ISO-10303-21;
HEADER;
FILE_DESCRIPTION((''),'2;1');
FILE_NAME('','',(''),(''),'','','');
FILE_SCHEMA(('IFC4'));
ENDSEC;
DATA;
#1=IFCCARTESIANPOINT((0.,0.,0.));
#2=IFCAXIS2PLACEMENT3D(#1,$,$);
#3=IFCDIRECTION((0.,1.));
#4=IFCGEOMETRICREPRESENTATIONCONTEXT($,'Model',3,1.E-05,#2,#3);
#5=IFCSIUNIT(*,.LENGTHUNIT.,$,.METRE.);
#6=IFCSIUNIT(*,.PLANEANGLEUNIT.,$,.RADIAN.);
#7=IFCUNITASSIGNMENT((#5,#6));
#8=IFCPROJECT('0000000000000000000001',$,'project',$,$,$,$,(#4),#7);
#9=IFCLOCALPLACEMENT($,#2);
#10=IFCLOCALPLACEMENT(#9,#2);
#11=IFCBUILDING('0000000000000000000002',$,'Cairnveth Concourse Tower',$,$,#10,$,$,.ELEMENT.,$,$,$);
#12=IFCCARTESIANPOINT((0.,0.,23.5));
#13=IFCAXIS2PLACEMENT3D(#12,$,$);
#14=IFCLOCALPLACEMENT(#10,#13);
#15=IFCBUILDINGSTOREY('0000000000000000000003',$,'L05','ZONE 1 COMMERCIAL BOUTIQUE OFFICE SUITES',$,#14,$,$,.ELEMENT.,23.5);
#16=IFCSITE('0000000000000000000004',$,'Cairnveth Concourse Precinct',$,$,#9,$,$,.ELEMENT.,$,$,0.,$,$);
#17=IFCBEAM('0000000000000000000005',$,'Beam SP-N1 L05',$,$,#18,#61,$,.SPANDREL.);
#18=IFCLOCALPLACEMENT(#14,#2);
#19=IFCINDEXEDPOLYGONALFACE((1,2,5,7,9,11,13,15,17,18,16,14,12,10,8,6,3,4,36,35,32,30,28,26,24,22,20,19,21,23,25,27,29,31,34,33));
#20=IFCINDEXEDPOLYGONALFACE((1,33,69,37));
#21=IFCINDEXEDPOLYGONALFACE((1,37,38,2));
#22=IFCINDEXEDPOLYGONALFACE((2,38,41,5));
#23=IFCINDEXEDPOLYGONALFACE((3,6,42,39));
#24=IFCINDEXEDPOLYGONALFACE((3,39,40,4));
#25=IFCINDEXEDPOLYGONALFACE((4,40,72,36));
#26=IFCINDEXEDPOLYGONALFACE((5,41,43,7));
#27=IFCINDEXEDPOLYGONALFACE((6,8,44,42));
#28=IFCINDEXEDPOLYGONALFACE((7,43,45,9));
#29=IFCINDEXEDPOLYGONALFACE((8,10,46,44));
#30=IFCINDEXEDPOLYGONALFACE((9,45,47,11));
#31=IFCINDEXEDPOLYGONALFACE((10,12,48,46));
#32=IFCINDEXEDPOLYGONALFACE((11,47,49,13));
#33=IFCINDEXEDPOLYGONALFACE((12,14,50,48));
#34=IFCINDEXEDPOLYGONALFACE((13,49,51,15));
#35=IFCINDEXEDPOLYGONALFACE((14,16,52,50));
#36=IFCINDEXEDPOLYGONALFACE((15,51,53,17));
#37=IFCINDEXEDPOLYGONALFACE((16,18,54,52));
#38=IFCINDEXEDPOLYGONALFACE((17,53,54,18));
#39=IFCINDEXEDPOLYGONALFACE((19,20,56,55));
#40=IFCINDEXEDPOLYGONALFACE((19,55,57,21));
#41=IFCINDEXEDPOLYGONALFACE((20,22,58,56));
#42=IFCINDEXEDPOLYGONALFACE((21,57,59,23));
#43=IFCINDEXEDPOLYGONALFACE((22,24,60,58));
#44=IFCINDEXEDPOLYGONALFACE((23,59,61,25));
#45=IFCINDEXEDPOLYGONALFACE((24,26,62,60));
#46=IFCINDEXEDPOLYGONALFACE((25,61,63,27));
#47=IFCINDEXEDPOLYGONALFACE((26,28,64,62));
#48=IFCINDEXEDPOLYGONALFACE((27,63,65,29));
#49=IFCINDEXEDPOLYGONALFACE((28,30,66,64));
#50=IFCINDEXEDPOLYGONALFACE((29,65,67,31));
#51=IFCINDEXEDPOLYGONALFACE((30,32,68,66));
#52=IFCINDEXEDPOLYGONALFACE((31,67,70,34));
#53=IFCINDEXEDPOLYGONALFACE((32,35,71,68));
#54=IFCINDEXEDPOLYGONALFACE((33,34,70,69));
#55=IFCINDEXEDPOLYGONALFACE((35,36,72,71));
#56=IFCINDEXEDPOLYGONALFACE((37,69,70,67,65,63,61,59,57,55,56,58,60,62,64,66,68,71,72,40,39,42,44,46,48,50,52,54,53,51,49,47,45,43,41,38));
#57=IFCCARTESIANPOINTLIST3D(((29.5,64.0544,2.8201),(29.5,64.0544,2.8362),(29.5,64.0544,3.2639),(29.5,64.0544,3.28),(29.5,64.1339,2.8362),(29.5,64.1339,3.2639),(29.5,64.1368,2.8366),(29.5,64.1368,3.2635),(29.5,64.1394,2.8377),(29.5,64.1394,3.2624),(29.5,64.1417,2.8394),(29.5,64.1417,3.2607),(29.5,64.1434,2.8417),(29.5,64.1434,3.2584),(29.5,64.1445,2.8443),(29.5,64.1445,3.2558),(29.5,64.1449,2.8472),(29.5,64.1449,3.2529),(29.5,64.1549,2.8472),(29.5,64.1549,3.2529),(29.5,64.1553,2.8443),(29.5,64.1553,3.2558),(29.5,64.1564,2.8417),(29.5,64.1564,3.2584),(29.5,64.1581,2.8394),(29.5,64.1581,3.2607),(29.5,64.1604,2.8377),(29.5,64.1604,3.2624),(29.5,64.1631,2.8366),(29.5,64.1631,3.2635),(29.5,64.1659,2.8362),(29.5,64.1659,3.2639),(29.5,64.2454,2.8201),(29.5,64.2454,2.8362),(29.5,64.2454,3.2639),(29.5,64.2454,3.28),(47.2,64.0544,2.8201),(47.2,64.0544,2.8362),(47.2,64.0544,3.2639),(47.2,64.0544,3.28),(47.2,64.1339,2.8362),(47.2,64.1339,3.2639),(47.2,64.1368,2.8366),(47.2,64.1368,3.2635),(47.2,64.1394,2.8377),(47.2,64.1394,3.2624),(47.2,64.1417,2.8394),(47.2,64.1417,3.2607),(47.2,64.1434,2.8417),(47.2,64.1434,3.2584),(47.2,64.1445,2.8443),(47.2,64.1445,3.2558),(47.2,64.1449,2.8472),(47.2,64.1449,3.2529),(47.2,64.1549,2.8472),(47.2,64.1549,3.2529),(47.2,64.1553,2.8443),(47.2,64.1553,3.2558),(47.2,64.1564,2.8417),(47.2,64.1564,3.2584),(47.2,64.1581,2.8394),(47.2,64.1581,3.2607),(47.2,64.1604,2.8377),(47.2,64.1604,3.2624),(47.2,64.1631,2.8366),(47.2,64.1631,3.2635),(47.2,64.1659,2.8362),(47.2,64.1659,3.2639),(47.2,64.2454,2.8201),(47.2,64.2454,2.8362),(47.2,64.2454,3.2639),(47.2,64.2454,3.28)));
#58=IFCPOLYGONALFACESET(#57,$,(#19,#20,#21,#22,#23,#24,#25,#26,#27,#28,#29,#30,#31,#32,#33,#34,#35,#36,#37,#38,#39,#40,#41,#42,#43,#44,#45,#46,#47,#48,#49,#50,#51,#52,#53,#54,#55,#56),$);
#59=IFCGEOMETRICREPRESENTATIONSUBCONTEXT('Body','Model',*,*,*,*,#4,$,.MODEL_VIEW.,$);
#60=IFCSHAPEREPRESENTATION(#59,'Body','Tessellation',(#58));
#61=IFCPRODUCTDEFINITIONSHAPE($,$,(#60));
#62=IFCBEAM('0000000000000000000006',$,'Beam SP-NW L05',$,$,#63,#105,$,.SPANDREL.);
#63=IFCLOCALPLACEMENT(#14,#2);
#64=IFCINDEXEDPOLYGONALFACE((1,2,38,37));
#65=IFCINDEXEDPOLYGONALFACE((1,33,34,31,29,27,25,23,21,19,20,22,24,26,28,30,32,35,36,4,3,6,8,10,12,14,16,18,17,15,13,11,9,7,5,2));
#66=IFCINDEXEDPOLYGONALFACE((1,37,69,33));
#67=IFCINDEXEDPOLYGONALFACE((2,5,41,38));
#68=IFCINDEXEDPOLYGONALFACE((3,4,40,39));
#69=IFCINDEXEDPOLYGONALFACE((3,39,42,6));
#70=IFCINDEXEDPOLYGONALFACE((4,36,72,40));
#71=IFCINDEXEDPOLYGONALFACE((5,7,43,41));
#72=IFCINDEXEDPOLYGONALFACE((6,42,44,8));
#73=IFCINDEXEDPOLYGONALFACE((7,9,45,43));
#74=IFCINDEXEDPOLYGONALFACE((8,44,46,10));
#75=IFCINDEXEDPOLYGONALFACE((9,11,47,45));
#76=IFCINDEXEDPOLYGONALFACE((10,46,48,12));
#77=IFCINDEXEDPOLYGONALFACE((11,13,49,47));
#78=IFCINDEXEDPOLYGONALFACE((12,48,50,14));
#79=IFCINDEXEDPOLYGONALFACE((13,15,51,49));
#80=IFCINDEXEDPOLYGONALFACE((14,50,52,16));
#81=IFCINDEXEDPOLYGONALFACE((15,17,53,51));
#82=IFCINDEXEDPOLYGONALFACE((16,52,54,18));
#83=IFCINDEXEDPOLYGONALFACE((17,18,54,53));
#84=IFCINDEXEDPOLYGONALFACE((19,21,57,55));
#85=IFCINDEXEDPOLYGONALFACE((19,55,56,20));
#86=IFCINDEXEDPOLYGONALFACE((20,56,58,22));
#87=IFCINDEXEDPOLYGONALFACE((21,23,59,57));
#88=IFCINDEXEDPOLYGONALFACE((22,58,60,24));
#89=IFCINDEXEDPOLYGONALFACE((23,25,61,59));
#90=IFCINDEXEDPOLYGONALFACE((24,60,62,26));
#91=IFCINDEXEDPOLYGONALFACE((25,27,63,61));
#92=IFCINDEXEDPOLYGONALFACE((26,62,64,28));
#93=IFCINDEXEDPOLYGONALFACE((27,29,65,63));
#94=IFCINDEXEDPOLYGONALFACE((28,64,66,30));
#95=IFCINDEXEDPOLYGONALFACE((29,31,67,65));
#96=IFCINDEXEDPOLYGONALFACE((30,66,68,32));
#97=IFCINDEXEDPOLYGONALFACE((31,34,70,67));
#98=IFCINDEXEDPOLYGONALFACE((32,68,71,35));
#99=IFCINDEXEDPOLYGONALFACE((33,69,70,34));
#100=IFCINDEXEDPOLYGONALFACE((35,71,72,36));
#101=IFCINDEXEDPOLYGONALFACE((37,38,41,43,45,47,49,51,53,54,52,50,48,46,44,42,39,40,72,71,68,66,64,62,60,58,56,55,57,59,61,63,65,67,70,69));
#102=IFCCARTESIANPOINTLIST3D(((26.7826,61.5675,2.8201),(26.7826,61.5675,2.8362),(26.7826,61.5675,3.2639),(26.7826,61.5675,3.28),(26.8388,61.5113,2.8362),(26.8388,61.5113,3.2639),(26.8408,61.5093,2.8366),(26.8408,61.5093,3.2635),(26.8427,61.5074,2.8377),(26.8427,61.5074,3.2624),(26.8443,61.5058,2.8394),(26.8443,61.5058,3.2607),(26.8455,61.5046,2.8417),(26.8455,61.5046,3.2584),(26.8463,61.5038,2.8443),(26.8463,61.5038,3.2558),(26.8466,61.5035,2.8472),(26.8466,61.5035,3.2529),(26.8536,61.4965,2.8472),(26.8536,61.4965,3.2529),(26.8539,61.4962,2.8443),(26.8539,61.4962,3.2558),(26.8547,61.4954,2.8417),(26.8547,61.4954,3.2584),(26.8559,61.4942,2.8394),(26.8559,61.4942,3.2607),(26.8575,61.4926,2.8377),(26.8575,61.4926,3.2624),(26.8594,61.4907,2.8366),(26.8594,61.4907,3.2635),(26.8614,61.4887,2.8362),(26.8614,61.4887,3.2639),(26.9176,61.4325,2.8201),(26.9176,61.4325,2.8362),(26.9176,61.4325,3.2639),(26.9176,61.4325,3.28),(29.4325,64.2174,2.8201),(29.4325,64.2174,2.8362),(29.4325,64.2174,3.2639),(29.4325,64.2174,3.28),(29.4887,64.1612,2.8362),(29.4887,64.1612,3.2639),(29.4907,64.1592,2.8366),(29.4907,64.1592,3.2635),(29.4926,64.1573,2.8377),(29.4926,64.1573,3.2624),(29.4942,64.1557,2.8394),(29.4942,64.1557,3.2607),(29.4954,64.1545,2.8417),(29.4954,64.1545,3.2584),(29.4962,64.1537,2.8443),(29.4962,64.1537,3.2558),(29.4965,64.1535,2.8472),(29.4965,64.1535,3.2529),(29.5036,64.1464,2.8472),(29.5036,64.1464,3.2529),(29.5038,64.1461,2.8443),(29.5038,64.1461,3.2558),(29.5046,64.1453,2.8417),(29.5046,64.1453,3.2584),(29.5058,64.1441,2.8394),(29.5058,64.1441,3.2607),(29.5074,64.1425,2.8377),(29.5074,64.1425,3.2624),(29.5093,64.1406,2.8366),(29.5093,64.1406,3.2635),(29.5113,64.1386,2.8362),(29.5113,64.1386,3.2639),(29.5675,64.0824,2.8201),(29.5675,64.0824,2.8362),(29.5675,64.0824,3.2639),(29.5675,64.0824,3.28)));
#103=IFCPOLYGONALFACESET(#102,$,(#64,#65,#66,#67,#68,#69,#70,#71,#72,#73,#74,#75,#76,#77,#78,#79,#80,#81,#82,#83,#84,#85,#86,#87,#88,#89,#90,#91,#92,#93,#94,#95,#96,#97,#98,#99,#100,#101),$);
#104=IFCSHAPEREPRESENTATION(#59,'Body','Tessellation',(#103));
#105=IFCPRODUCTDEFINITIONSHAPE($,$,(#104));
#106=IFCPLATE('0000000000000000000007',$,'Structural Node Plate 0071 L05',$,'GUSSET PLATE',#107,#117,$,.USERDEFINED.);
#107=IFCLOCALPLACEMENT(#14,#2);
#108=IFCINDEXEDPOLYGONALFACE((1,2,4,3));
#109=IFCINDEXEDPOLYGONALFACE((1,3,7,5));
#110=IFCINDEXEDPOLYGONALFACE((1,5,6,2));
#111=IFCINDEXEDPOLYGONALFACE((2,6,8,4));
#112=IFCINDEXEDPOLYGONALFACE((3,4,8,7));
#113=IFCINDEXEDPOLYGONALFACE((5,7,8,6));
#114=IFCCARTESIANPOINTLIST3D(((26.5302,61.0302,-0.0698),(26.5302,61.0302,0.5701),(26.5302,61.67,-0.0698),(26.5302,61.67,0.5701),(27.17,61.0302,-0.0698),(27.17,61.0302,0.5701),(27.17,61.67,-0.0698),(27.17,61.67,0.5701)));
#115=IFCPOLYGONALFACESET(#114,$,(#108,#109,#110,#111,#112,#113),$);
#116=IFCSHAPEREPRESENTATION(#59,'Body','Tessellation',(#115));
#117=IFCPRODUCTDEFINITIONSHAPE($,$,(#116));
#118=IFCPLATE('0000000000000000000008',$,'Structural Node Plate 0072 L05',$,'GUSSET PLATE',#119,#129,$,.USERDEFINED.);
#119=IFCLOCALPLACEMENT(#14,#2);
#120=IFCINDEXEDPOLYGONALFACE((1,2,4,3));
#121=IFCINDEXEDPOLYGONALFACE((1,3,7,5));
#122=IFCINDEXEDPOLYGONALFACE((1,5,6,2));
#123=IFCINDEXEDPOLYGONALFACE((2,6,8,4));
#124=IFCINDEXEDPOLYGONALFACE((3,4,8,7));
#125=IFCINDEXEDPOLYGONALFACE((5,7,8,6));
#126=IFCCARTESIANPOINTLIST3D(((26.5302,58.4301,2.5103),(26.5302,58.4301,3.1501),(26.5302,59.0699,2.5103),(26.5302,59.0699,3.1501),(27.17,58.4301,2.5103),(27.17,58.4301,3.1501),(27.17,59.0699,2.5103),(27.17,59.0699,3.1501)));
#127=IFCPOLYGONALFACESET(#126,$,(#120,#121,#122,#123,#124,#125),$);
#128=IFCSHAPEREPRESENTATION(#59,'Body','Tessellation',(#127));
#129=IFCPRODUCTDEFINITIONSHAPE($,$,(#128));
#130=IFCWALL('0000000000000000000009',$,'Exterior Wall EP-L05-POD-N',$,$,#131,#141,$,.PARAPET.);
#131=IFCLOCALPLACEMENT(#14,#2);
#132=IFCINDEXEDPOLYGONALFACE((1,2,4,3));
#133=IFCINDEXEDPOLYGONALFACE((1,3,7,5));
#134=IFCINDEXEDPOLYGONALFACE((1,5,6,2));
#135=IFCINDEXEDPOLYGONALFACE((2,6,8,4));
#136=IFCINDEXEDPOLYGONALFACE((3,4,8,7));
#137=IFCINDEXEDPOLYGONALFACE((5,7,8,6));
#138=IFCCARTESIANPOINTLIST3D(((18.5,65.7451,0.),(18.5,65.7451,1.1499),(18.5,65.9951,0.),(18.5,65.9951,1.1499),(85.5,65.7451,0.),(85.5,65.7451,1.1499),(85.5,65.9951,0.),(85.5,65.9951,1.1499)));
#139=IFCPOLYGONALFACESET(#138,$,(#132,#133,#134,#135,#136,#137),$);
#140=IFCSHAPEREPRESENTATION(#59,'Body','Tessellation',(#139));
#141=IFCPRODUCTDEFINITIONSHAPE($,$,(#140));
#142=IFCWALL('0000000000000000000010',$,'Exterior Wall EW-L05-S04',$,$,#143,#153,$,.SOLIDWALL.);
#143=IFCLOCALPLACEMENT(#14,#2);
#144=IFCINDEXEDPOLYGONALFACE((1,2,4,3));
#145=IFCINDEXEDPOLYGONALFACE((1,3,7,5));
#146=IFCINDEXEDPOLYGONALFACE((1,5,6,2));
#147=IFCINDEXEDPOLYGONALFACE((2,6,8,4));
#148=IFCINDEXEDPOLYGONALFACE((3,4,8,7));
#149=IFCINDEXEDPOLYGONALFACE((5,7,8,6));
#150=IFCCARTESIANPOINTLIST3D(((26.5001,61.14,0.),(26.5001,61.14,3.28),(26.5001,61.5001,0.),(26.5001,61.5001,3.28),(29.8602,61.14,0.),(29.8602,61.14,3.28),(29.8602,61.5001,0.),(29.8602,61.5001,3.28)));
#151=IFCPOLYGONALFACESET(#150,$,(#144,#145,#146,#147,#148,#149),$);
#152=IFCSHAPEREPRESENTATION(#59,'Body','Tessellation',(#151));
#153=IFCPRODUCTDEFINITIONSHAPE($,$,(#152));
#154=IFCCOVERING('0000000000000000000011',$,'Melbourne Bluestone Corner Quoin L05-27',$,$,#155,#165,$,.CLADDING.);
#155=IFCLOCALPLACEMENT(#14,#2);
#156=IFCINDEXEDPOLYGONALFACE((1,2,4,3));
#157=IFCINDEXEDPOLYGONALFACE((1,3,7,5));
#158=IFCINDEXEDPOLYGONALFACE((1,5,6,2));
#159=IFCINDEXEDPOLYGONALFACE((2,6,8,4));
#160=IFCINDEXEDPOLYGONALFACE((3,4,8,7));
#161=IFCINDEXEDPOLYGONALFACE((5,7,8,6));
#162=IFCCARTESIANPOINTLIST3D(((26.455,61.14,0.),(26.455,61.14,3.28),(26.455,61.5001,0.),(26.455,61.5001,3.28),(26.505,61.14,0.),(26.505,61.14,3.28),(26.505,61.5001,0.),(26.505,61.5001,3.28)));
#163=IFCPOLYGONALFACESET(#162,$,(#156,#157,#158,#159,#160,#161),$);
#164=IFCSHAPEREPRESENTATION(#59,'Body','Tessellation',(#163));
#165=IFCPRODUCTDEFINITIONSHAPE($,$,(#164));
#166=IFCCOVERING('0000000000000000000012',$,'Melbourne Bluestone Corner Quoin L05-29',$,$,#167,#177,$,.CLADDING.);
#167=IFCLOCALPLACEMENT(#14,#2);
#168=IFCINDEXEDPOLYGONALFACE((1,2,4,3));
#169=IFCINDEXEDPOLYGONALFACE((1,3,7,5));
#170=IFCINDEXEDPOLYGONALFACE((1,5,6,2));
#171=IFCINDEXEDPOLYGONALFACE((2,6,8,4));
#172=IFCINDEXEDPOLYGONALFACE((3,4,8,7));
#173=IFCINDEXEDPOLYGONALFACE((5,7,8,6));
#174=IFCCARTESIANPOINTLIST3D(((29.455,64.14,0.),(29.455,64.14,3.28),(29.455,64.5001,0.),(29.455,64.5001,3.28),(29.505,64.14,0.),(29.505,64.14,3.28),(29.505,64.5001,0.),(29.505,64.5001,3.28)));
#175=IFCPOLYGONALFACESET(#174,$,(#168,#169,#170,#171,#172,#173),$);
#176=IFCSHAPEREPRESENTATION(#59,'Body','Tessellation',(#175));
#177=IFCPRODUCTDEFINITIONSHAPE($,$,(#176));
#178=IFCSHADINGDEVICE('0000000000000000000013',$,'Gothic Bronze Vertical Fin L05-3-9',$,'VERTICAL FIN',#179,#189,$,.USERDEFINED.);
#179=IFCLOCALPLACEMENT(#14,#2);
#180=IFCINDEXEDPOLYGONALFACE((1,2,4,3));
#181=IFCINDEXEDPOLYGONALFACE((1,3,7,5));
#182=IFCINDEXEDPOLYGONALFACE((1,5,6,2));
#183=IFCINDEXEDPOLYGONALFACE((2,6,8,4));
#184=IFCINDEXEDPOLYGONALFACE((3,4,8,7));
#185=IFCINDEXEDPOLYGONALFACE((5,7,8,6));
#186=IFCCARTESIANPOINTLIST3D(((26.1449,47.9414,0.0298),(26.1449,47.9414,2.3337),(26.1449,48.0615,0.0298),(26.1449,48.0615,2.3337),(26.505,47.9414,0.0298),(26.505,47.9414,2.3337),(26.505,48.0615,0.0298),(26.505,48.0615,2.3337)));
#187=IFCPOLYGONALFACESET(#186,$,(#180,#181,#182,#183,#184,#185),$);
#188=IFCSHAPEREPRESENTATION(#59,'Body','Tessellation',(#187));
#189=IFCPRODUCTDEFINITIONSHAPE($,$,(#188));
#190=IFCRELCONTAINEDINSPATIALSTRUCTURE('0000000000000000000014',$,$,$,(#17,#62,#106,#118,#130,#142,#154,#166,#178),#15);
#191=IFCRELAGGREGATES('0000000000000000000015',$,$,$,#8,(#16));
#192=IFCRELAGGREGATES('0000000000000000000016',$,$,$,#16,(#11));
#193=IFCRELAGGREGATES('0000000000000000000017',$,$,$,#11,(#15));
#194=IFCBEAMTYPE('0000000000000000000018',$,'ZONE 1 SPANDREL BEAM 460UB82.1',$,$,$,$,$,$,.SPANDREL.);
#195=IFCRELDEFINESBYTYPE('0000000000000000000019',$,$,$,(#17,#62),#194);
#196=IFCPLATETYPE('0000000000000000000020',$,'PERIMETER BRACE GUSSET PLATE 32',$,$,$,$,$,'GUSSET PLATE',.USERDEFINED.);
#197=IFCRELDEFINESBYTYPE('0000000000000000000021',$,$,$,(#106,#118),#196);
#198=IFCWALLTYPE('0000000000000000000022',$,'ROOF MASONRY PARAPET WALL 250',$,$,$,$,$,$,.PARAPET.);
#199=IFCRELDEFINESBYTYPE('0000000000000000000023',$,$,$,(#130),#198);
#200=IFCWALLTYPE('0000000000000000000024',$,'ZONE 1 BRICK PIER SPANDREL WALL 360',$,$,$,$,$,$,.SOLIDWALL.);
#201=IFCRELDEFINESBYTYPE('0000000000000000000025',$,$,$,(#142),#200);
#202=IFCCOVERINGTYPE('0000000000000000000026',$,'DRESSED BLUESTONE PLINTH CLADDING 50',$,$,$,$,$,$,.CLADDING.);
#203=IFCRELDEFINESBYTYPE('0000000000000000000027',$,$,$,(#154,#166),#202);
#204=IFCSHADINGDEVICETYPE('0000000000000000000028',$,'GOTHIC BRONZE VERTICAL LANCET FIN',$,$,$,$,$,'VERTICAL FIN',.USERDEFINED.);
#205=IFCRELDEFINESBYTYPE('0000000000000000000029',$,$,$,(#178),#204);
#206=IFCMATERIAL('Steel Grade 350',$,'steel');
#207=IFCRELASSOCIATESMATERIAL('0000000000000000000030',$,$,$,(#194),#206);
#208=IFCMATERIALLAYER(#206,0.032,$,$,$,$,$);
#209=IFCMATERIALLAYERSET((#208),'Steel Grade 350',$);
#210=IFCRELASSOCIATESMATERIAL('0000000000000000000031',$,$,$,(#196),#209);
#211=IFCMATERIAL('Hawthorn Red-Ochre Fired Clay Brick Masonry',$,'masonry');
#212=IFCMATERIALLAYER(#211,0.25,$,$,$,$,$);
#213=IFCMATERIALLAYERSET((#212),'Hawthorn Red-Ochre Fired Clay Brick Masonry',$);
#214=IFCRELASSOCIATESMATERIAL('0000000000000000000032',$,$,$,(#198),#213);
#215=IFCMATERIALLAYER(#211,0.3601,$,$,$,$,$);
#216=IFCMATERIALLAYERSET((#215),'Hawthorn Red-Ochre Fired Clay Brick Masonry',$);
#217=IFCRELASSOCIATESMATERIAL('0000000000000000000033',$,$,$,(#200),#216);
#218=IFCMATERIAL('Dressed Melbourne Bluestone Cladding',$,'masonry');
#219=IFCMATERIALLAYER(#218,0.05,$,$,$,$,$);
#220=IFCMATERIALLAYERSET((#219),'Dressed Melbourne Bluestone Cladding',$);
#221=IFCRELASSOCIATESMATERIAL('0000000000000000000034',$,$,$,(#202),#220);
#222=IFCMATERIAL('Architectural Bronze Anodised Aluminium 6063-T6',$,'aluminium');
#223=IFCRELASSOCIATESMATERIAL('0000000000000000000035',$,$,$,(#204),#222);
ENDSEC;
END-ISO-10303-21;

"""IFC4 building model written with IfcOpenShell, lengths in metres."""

from ifc_helpers import new_model, si_unit, direction, frame, frame_2d, origin, origin_2d, place, context, subcontext, project, spatial, rectangle, i_section, extrude, material, layer, layer_set, material_profile, profile_set, type_object, element, save


model = new_model("IFC4")

# Units and contexts
model_context = context("Model", 3, precision=1e-05, world=origin(), true_north=direction((0.0, 1.0)))
body_context = subcontext(model_context, "Body", "Model", "MODEL_VIEW")
ifc_project = project(units=[si_unit("LENGTHUNIT", "METRE"), si_unit("PLANEANGLEUNIT", "RADIAN")], contexts=[model_context])

# Site, building, storey
site_placement = place(None, origin())
site = spatial("IfcSite", under=ifc_project, at=site_placement, Name="Cairnveth Concourse Precinct", CompositionType="ELEMENT", RefElevation=0.0)
building_placement = place(site_placement, origin())
building = spatial("IfcBuilding", under=site, at=building_placement, Name="Cairnveth Concourse Tower", CompositionType="ELEMENT")
storey_placement = place(building_placement, frame((0.0, 0.0, 23.5)))
storey = spatial("IfcBuildingStorey", under=building, at=storey_placement, Name="L05", Description="ZONE 1 COMMERCIAL BOUTIQUE OFFICE SUITES", CompositionType="ELEMENT", Elevation=23.5)

# Shared definitions
ifc_material_1 = material(Name="Steel Grade 350", Category="steel")

# Beams
ifc_material_profile_1 = material_profile(ifc_material_1, i_section(OverallWidth=0.1909, OverallDepth=0.46, WebThickness=0.01, FlangeThickness=0.0161, FilletRadius=0.011, at=origin_2d()), Name="460UB82.1")
ifc_profile_set_1 = profile_set([ifc_material_profile_1], Name="Steel Grade 350")
beam_type_1 = type_object("IfcBeamType", Name="ZONE 1 SPANDREL BEAM 460UB82.1", PredefinedType="SPANDREL", material=ifc_profile_set_1)
beam_1_placement = place(storey_placement, frame((29.5, 64.1499, 3.05), z_axis=(1.0, 0.0, 0.0), x_axis=(0.0, 1.0, 0.0)))
element("IfcBeam", 1, at=beam_1_placement, inside=storey, type_object=beam_type_1, Name="Beam SP-N1 L05", PredefinedType="SPANDREL", context=body_context, shape_type="SweptSolid", body=[
    extrude(i_section(OverallWidth=0.1909, OverallDepth=0.46, WebThickness=0.01, FlangeThickness=0.0161, FilletRadius=0.011, at=origin_2d()), origin(), (0.0, 0.0, 1.0), 17.7),
])
beam_2_placement = place(storey_placement, frame((26.8501, 61.5, 3.05), z_axis=(0.707107, 0.707107, 0.0), x_axis=(-0.707107, 0.707107, 0.0)))
element("IfcBeam", 2, at=beam_2_placement, inside=storey, type_object=beam_type_1, Name="Beam SP-NW L05", PredefinedType="SPANDREL", context=body_context, shape_type="SweptSolid", body=[
    extrude(i_section(OverallWidth=0.1909, OverallDepth=0.46, WebThickness=0.01, FlangeThickness=0.0161, FilletRadius=0.011, at=origin_2d()), origin(), (0.0, 0.0, 1.0), 3.7476),
])

# Plates
ifc_layer_1 = layer(ifc_material_1, 0.032)
ifc_layer_set_1 = layer_set([ifc_layer_1], Name="Steel Grade 350")
plate_type = type_object("IfcPlateType", Name="PERIMETER BRACE GUSSET PLATE 32", ElementType="GUSSET PLATE", PredefinedType="USERDEFINED", material=ifc_layer_set_1)
for number, where, z_axis, x_axis, name in (
    (3, (26.8501, 61.3501, -0.0698), (0.0, 0.0, 1.0), (1.0, 0.0, 0.0), "Structural Node Plate 0071 L05"),
    (4, (26.8501, 58.75, 2.5103), (0.0, 0.0, 1.0), (1.0, 0.0, 0.0), "Structural Node Plate 0072 L05"),
):
    element("IfcPlate", number, at=place(storey_placement, frame(where, z_axis=z_axis, x_axis=x_axis)), inside=storey, type_object=plate_type, Name=name, ObjectType="GUSSET PLATE", PredefinedType="USERDEFINED", context=body_context, shape_type="SweptSolid", body=[
        extrude(rectangle(XDim=0.6399, YDim=0.6399, at=origin_2d()), origin(), (0.0, 0.0, 1.0), 0.6399),
    ])

# Walls
ifc_material_2 = material(Name="Hawthorn Red-Ochre Fired Clay Brick Masonry", Category="masonry")
ifc_layer_2 = layer(ifc_material_2, 0.25)
ifc_layer_set_2 = layer_set([ifc_layer_2], Name="Hawthorn Red-Ochre Fired Clay Brick Masonry")
wall_type_1 = type_object("IfcWallType", Name="ROOF MASONRY PARAPET WALL 250", PredefinedType="PARAPET", material=ifc_layer_set_2)
wall_1_placement = place(storey_placement, frame((18.5, 65.8701, 0.0), z_axis=(0.0, 0.0, 1.0), x_axis=(1.0, 0.0, 0.0)))
element("IfcWall", 5, at=wall_1_placement, inside=storey, type_object=wall_type_1, Name="Exterior Wall EP-L05-POD-N", PredefinedType="PARAPET", context=body_context, shape_type="SweptSolid", body=[
    extrude(rectangle(XDim=67.0, YDim=0.25, at=frame_2d((33.5, 0.0))), origin(), (0.0, 0.0, 1.0), 1.1499),
])
ifc_layer_3 = layer(ifc_material_2, 0.3601)
ifc_layer_set_3 = layer_set([ifc_layer_3], Name="Hawthorn Red-Ochre Fired Clay Brick Masonry")
wall_type_2 = type_object("IfcWallType", Name="ZONE 1 BRICK PIER SPANDREL WALL 360", PredefinedType="SOLIDWALL", material=ifc_layer_set_3)
wall_2_placement = place(storey_placement, frame((26.5, 61.3201, 0.0), z_axis=(0.0, 0.0, 1.0), x_axis=(1.0, 0.0, 0.0)))
element("IfcWall", 6, at=wall_2_placement, inside=storey, type_object=wall_type_2, Name="Exterior Wall EW-L05-S04", PredefinedType="SOLIDWALL", context=body_context, shape_type="SweptSolid", body=[
    extrude(rectangle(XDim=3.3601, YDim=0.3601, at=frame_2d((1.6802, 0.0))), origin(), (0.0, 0.0, 1.0), 3.28),
])

# Coverings
ifc_material_3 = material(Name="Dressed Melbourne Bluestone Cladding", Category="masonry")
ifc_layer_4 = layer(ifc_material_3, 0.05)
ifc_layer_set_4 = layer_set([ifc_layer_4], Name="Dressed Melbourne Bluestone Cladding")
covering_type = type_object("IfcCoveringType", Name="DRESSED BLUESTONE PLINTH CLADDING 50", PredefinedType="CLADDING", material=ifc_layer_set_4)
for number, where, z_axis, x_axis, name in (
    (7, (26.48, 61.1399, 0.0), (0.0, 0.0, 1.0), (0.0, 1.0, 0.0), "Melbourne Bluestone Corner Quoin L05-27"),
    (8, (29.48, 64.1399, 0.0), (0.0, 0.0, 1.0), (0.0, 1.0, 0.0), "Melbourne Bluestone Corner Quoin L05-29"),
):
    element("IfcCovering", number, at=place(storey_placement, frame(where, z_axis=z_axis, x_axis=x_axis)), inside=storey, type_object=covering_type, Name=name, PredefinedType="CLADDING", context=body_context, shape_type="SweptSolid", body=[
        extrude(rectangle(XDim=0.3601, YDim=0.05, at=frame_2d((0.1802, 0.0))), origin(), (0.0, 0.0, 1.0), 3.28),
    ])

# Shading device
ifc_material_4 = material(Name="Architectural Bronze Anodised Aluminium 6063-T6", Category="aluminium")
shading_device_type = type_object("IfcShadingDeviceType", Name="GOTHIC BRONZE VERTICAL LANCET FIN", ElementType="VERTICAL FIN", PredefinedType="USERDEFINED", material=ifc_material_4)
for number, where, z_axis, x_axis, name in (
    (9, (26.325, 48.0015, 0.0298), (0.0, 0.0, 1.0), (0.0, 1.0, 0.0), "Gothic Bronze Vertical Fin L05-3-9"),
):
    element("IfcShadingDevice", number, at=place(storey_placement, frame(where, z_axis=z_axis, x_axis=x_axis)), inside=storey, type_object=shading_device_type, Name=name, ObjectType="VERTICAL FIN", PredefinedType="USERDEFINED", context=body_context, shape_type="SweptSolid", body=[
        extrude(rectangle(XDim=0.1201, YDim=0.3601, at=origin_2d()), origin(), (0.0, 0.0, 1.0), 2.304),
    ])

save(model, "model.ifc")
